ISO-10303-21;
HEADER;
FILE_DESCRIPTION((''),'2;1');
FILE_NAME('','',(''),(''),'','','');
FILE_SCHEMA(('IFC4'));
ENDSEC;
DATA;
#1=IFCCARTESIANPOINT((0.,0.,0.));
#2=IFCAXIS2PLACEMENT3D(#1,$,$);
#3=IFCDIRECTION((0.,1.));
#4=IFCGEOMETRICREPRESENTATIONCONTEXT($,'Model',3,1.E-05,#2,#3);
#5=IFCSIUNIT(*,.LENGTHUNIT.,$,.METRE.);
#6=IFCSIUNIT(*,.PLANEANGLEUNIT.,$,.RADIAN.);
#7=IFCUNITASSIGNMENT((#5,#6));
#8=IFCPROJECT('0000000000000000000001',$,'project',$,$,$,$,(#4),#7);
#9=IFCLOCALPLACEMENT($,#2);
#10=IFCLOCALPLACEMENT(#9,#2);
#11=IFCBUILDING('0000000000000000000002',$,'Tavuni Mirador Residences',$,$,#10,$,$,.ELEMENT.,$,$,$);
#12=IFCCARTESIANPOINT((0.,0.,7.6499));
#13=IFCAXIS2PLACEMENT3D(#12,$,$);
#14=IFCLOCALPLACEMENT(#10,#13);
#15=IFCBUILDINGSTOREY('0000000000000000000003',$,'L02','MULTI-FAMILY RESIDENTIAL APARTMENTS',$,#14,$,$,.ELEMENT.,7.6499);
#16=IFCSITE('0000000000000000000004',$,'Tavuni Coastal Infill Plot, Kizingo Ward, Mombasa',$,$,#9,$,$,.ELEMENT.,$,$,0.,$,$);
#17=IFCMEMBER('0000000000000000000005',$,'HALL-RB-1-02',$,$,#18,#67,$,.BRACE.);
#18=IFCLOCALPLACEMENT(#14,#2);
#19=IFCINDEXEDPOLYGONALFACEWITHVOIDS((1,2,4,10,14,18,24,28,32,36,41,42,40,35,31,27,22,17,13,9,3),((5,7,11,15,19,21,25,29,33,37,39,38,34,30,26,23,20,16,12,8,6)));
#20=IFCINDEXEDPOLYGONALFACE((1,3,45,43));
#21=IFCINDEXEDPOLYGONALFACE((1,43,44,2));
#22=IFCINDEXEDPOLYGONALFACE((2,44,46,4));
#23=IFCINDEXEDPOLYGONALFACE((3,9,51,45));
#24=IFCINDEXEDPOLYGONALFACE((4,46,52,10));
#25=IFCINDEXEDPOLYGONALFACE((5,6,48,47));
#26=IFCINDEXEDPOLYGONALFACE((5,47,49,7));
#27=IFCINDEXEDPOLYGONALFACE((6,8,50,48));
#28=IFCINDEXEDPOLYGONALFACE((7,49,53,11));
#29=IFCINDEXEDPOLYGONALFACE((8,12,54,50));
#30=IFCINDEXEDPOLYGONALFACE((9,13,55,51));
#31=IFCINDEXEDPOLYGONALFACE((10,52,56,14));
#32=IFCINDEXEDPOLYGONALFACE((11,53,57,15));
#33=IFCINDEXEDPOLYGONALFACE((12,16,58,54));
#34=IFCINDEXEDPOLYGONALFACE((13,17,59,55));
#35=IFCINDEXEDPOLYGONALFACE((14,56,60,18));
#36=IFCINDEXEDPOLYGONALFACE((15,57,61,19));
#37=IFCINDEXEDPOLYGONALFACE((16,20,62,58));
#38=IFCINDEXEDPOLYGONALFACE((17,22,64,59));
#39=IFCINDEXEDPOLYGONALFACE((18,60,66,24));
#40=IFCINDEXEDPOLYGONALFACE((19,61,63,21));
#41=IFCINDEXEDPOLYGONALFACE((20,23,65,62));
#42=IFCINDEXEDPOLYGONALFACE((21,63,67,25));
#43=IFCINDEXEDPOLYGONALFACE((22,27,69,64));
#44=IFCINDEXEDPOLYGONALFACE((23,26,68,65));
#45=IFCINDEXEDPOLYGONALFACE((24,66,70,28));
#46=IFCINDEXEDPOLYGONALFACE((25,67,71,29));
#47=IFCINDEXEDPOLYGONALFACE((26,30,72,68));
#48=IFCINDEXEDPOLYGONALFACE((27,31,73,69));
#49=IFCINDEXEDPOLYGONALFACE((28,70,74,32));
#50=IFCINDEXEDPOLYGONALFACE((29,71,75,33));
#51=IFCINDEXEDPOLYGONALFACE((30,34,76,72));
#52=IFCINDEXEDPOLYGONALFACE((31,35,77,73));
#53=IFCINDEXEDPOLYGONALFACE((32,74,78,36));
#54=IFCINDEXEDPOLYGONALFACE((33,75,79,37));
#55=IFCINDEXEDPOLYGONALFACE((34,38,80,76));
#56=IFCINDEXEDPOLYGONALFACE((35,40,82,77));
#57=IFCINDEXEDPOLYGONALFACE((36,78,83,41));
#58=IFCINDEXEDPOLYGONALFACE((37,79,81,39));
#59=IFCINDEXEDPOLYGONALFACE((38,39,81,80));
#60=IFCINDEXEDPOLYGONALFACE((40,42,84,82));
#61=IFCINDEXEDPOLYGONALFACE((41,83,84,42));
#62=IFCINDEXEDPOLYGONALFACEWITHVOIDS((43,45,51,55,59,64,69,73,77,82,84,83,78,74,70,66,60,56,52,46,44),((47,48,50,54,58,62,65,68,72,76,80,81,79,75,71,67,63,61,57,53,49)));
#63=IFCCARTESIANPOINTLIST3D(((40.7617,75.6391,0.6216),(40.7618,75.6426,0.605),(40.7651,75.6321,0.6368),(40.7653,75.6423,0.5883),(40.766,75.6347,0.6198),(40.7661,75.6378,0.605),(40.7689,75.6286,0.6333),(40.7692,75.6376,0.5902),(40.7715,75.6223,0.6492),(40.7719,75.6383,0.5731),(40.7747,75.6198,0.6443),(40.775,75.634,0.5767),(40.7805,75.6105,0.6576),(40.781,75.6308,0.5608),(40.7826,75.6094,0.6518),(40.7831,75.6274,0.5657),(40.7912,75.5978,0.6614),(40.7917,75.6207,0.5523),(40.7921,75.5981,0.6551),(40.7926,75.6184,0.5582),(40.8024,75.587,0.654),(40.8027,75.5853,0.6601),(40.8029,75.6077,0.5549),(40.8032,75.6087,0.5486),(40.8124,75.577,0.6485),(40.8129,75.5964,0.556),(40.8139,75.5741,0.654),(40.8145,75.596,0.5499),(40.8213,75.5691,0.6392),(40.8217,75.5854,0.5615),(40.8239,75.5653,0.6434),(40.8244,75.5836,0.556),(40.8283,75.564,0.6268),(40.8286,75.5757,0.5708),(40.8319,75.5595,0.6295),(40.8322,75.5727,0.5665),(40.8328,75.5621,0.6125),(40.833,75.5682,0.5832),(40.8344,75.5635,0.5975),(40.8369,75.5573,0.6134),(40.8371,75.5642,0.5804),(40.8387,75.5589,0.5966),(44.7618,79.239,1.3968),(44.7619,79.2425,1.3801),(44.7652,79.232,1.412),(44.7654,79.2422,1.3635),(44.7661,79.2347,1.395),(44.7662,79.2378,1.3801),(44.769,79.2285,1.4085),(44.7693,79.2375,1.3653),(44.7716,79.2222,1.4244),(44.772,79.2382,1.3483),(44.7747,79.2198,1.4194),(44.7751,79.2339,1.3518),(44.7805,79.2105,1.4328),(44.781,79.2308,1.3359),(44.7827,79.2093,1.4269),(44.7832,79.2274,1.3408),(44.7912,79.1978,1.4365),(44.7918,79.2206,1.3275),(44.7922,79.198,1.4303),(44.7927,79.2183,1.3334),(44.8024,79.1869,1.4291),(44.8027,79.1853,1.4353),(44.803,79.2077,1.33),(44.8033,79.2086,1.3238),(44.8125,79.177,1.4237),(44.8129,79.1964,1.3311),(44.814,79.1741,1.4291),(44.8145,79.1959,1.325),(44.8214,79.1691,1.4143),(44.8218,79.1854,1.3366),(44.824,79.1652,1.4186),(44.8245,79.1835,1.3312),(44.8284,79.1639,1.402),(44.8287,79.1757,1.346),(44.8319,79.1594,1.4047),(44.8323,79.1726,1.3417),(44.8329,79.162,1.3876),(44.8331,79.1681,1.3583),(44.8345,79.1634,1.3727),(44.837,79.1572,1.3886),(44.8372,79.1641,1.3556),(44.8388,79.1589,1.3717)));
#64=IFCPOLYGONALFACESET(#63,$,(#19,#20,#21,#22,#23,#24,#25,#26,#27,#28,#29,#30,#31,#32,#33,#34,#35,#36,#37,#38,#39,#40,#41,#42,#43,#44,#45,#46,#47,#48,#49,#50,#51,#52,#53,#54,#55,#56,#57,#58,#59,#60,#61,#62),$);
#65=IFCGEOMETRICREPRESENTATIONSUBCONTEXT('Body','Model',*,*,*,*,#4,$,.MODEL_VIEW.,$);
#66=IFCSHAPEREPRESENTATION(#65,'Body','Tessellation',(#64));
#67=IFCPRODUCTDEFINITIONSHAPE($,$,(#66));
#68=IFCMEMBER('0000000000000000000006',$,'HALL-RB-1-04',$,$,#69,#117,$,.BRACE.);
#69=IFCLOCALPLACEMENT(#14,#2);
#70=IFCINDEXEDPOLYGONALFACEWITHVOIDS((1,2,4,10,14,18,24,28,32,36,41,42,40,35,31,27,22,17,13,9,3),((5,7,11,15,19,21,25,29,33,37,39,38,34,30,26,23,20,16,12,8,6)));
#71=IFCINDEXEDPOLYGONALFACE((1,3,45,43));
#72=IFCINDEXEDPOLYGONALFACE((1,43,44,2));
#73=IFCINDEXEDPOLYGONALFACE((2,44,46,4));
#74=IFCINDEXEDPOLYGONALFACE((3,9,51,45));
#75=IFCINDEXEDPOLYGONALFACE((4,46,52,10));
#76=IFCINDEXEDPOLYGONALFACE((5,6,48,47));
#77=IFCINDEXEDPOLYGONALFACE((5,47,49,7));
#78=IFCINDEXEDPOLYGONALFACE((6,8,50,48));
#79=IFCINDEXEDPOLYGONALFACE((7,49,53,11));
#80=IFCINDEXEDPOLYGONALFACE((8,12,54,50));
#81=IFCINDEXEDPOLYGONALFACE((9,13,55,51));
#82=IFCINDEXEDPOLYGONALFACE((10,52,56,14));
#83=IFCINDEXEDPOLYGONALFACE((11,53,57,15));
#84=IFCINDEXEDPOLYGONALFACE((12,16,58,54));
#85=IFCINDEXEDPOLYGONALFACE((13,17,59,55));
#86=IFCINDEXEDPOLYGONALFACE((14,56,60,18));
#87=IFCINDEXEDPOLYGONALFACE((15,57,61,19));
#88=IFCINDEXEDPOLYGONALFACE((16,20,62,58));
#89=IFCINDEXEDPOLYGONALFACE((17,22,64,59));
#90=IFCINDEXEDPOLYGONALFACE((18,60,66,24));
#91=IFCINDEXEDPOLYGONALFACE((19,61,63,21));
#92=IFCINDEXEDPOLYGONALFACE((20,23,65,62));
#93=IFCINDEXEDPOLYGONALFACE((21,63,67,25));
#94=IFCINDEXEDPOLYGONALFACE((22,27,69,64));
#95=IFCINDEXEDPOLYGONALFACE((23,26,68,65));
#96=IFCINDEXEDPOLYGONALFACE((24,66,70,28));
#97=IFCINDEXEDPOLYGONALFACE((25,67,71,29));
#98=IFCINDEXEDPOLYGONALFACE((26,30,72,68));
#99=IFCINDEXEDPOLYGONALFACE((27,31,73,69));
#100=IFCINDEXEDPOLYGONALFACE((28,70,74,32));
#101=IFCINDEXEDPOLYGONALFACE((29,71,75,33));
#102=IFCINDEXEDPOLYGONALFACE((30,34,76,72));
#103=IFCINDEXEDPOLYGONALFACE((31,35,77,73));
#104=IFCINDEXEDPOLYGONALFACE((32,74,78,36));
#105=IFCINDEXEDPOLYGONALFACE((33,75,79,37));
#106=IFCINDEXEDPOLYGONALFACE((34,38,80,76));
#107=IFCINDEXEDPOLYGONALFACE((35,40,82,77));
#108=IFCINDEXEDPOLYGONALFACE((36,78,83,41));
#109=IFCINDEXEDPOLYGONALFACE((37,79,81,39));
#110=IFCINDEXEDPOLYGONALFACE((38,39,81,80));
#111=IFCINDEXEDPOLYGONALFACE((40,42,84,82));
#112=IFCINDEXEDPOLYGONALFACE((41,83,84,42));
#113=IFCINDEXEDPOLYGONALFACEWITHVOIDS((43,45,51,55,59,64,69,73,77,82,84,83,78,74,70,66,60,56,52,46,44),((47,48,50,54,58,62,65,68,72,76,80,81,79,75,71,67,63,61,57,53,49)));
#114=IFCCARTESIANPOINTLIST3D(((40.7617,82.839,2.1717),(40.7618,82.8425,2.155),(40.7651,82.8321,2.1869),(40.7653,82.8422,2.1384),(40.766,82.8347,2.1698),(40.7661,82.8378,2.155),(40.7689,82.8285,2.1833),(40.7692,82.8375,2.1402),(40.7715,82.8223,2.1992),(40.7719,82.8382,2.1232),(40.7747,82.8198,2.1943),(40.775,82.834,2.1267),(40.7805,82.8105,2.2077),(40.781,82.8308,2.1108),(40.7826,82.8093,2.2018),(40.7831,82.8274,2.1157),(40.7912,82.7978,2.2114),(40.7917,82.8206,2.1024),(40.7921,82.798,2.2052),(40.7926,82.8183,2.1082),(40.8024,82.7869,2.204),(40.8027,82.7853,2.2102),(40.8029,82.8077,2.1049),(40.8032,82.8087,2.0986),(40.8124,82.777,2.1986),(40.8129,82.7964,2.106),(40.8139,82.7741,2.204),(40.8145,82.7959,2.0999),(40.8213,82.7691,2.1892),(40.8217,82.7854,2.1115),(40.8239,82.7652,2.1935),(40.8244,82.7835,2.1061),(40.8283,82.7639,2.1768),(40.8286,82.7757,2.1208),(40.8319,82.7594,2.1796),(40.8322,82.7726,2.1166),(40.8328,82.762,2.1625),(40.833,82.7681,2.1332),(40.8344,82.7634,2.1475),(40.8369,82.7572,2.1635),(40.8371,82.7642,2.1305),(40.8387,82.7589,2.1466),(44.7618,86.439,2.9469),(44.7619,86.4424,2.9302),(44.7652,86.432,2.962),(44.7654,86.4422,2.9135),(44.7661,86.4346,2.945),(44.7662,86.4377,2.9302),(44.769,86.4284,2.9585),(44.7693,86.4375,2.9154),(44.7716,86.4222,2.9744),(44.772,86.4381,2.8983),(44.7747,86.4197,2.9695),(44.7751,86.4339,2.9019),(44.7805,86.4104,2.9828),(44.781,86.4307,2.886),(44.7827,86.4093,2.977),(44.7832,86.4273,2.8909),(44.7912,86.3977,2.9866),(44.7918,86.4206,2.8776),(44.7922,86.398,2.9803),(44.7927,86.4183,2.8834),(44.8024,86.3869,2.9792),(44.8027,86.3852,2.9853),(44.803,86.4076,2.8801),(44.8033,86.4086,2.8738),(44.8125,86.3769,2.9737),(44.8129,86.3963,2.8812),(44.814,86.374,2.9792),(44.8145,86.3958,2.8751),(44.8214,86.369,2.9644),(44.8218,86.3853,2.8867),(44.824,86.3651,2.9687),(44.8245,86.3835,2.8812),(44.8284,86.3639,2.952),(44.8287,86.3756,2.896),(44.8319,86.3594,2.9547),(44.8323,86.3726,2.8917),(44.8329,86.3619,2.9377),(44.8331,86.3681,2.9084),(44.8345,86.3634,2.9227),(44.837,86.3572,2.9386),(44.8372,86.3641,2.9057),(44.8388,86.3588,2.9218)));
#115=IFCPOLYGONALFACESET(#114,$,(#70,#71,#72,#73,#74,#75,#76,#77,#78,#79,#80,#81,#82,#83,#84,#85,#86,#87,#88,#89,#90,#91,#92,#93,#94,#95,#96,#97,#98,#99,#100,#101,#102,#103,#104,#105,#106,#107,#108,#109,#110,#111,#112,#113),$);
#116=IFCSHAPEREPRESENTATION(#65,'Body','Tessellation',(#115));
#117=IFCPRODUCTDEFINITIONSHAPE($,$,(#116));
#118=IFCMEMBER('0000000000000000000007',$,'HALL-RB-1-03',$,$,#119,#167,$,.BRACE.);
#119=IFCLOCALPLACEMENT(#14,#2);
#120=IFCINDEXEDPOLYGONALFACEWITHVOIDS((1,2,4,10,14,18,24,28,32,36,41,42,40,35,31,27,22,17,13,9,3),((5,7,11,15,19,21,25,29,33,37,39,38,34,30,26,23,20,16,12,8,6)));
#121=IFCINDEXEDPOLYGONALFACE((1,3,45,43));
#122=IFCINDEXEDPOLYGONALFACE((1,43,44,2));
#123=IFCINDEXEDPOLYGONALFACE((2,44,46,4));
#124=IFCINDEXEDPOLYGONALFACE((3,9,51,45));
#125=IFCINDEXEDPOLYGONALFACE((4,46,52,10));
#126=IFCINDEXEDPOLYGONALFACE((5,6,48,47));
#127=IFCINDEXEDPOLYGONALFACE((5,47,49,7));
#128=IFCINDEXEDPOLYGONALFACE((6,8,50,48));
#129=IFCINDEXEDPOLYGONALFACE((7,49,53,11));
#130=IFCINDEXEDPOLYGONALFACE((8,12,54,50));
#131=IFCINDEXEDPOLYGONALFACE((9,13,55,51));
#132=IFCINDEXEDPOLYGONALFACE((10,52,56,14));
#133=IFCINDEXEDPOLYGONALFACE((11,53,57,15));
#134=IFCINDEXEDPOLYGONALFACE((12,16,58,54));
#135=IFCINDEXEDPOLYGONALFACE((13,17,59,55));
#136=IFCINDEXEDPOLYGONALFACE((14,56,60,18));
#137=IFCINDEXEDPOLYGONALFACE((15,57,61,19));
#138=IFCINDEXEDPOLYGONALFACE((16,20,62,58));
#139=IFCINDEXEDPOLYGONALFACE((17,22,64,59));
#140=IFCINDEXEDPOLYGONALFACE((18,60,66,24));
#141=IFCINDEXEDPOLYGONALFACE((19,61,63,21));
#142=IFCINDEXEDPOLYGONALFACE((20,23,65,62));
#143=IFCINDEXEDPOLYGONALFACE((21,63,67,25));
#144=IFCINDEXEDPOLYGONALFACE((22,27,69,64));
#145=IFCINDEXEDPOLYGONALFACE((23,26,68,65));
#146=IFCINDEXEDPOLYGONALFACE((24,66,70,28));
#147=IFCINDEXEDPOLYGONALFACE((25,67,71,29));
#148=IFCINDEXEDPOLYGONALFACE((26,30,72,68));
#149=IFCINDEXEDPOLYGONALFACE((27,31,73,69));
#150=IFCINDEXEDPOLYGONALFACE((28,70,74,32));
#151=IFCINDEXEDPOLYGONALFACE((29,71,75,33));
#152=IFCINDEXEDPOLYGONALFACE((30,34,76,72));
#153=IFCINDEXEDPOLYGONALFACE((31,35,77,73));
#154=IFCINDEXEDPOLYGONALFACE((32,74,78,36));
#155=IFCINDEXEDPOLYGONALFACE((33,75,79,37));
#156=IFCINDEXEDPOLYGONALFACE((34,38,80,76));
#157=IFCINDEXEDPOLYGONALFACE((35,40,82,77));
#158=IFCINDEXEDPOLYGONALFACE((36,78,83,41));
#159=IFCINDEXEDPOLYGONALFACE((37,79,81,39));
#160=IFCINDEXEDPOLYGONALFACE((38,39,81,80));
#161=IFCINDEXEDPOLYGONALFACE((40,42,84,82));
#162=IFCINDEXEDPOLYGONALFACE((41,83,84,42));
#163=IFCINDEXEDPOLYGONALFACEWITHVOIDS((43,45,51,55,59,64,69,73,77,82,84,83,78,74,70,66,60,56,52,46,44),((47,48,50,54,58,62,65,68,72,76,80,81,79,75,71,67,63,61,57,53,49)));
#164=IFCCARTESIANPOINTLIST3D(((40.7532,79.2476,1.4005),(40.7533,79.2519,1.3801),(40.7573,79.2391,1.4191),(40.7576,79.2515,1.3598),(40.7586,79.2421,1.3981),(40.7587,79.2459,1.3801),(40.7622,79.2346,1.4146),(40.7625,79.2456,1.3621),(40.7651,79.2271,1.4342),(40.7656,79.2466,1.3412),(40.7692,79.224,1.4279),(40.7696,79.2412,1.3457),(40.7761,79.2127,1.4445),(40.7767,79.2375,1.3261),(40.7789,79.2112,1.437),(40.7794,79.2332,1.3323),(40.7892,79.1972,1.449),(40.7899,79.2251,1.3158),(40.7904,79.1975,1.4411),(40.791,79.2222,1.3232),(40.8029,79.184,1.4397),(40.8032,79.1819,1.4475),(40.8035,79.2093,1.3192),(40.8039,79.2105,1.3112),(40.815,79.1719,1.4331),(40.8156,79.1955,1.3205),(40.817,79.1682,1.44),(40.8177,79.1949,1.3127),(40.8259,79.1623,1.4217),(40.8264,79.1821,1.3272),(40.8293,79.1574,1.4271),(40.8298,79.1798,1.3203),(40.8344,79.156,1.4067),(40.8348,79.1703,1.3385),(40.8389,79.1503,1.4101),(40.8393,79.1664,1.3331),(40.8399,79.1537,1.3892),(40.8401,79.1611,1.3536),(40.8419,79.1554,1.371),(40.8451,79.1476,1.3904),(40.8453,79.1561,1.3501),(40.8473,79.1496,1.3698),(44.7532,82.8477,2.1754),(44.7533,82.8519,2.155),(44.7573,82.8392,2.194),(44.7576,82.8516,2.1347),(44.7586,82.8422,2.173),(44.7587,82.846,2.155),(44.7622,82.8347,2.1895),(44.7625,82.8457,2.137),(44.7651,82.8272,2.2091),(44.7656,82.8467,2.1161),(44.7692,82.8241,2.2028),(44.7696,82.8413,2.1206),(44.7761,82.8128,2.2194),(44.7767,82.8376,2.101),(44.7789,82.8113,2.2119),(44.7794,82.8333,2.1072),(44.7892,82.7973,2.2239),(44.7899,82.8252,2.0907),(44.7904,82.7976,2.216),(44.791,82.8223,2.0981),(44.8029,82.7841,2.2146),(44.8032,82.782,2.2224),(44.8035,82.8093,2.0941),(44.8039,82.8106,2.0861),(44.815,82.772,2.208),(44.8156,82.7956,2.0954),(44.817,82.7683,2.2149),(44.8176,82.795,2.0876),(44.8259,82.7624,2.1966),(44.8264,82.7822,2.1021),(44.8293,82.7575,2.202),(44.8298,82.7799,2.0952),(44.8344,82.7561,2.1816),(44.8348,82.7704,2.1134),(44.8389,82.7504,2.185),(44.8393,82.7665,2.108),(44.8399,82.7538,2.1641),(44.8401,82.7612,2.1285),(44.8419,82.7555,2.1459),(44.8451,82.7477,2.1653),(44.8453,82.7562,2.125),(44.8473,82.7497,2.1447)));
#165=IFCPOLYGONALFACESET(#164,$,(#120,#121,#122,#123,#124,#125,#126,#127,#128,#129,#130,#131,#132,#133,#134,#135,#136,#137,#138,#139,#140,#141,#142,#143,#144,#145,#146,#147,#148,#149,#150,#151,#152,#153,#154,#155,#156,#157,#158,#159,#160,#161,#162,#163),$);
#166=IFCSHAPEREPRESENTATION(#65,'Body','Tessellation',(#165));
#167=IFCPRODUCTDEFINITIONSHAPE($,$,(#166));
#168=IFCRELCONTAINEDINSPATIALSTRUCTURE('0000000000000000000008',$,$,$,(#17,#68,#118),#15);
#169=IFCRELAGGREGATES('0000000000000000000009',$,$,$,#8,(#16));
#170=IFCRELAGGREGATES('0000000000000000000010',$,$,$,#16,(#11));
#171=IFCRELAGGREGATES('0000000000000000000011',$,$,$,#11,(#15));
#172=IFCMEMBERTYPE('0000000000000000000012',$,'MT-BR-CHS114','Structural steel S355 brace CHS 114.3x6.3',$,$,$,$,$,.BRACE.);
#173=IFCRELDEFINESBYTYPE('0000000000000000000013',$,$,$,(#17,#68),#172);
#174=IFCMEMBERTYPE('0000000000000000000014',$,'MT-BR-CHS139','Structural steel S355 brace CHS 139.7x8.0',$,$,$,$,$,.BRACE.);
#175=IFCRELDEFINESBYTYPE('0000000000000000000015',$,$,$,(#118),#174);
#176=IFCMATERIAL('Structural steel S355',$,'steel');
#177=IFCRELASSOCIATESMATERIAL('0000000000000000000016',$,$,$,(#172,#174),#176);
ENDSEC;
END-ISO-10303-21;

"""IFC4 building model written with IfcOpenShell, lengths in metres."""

from ifc_helpers import new_model, si_unit, direction, frame, origin, origin_2d, place, context, subcontext, project, spatial, hollow_circle, extrude, material, material_profile, profile_set, type_object, element, save


model = new_model("IFC4")

# Units and contexts
model_context = context("Model", 3, precision=1e-05, world=origin(), true_north=direction((0.0, 1.0)))
body_context = subcontext(model_context, "Body", "Model", "MODEL_VIEW")
ifc_project = project(units=[si_unit("LENGTHUNIT", "METRE"), si_unit("PLANEANGLEUNIT", "RADIAN")], contexts=[model_context])

# Site, building, storey
site_placement = place(None, origin())
site = spatial("IfcSite", under=ifc_project, at=site_placement, Name="Tavuni Coastal Infill Plot, Kizingo Ward, Mombasa", CompositionType="ELEMENT", RefElevation=0.0)
building_placement = place(site_placement, origin())
building = spatial("IfcBuilding", under=site, at=building_placement, Name="Tavuni Mirador Residences", CompositionType="ELEMENT")
storey_placement = place(building_placement, frame((0.0, 0.0, 7.6499)))
storey = spatial("IfcBuildingStorey", under=building, at=storey_placement, Name="L02", Description="MULTI-FAMILY RESIDENTIAL APARTMENTS", CompositionType="ELEMENT", Elevation=7.6499)

# Members
ifc_material_1 = material(Name="Structural steel S355", Category="steel")
ifc_material_profile_1 = material_profile(ifc_material_1, hollow_circle(Radius=0.0571, WallThickness=0.0063, at=origin_2d()), Name="CHS 114.3x6.3", Category="steel")
ifc_profile_set_1 = profile_set([ifc_material_profile_1], Name="Structural steel S355")
member_type_1 = type_object("IfcMemberType", Name="MT-BR-CHS114", Description="Structural steel S355 brace CHS 114.3x6.3", PredefinedType="BRACE", material=ifc_profile_set_1)
for number, where, z_axis, x_axis, name in (
    (1, (40.8, 75.6001, 0.605), (0.735714, 0.662116, 0.142572), (-0.66895, 0.743308, 0.0), "HALL-RB-1-02"),
    (2, (40.8, 82.8, 2.155), (0.735714, 0.662116, 0.142572), (-0.66895, 0.743308, 0.0), "HALL-RB-1-04"),
):
    element("IfcMember", number, at=place(storey_placement, frame(where, z_axis=z_axis, x_axis=x_axis)), inside=storey, type_object=member_type_1, Name=name, PredefinedType="BRACE", context=body_context, shape_type="SweptSolid", body=[
        extrude(hollow_circle(Radius=0.0571, WallThickness=0.0063, at=origin_2d()), origin(), (0.0, 0.0, 1.0), 5.437),
    ])
ifc_material_profile_2 = material_profile(ifc_material_1, hollow_circle(Radius=0.0698, WallThickness=0.0081, at=origin_2d()), Name="CHS 139.7x8.0", Category="steel")
ifc_profile_set_2 = profile_set([ifc_material_profile_2], Name="Structural steel S355")
member_type_2 = type_object("IfcMemberType", Name="MT-BR-CHS139", Description="Structural steel S355 brace CHS 139.7x8.0", PredefinedType="BRACE", material=ifc_profile_set_2)
for number, where, z_axis, x_axis, name in (
    (3, (40.8, 79.2, 1.3801), (0.735697, 0.662145, 0.142523), (-0.668975, 0.743285, 0.0), "HALL-RB-1-03"),
):
    element("IfcMember", number, at=place(storey_placement, frame(where, z_axis=z_axis, x_axis=x_axis)), inside=storey, type_object=member_type_2, Name=name, PredefinedType="BRACE", context=body_context, shape_type="SweptSolid", body=[
        extrude(hollow_circle(Radius=0.0698, WallThickness=0.0081, at=origin_2d()), origin(), (0.0, 0.0, 1.0), 5.437),
    ])

save(model, "model.ifc")
